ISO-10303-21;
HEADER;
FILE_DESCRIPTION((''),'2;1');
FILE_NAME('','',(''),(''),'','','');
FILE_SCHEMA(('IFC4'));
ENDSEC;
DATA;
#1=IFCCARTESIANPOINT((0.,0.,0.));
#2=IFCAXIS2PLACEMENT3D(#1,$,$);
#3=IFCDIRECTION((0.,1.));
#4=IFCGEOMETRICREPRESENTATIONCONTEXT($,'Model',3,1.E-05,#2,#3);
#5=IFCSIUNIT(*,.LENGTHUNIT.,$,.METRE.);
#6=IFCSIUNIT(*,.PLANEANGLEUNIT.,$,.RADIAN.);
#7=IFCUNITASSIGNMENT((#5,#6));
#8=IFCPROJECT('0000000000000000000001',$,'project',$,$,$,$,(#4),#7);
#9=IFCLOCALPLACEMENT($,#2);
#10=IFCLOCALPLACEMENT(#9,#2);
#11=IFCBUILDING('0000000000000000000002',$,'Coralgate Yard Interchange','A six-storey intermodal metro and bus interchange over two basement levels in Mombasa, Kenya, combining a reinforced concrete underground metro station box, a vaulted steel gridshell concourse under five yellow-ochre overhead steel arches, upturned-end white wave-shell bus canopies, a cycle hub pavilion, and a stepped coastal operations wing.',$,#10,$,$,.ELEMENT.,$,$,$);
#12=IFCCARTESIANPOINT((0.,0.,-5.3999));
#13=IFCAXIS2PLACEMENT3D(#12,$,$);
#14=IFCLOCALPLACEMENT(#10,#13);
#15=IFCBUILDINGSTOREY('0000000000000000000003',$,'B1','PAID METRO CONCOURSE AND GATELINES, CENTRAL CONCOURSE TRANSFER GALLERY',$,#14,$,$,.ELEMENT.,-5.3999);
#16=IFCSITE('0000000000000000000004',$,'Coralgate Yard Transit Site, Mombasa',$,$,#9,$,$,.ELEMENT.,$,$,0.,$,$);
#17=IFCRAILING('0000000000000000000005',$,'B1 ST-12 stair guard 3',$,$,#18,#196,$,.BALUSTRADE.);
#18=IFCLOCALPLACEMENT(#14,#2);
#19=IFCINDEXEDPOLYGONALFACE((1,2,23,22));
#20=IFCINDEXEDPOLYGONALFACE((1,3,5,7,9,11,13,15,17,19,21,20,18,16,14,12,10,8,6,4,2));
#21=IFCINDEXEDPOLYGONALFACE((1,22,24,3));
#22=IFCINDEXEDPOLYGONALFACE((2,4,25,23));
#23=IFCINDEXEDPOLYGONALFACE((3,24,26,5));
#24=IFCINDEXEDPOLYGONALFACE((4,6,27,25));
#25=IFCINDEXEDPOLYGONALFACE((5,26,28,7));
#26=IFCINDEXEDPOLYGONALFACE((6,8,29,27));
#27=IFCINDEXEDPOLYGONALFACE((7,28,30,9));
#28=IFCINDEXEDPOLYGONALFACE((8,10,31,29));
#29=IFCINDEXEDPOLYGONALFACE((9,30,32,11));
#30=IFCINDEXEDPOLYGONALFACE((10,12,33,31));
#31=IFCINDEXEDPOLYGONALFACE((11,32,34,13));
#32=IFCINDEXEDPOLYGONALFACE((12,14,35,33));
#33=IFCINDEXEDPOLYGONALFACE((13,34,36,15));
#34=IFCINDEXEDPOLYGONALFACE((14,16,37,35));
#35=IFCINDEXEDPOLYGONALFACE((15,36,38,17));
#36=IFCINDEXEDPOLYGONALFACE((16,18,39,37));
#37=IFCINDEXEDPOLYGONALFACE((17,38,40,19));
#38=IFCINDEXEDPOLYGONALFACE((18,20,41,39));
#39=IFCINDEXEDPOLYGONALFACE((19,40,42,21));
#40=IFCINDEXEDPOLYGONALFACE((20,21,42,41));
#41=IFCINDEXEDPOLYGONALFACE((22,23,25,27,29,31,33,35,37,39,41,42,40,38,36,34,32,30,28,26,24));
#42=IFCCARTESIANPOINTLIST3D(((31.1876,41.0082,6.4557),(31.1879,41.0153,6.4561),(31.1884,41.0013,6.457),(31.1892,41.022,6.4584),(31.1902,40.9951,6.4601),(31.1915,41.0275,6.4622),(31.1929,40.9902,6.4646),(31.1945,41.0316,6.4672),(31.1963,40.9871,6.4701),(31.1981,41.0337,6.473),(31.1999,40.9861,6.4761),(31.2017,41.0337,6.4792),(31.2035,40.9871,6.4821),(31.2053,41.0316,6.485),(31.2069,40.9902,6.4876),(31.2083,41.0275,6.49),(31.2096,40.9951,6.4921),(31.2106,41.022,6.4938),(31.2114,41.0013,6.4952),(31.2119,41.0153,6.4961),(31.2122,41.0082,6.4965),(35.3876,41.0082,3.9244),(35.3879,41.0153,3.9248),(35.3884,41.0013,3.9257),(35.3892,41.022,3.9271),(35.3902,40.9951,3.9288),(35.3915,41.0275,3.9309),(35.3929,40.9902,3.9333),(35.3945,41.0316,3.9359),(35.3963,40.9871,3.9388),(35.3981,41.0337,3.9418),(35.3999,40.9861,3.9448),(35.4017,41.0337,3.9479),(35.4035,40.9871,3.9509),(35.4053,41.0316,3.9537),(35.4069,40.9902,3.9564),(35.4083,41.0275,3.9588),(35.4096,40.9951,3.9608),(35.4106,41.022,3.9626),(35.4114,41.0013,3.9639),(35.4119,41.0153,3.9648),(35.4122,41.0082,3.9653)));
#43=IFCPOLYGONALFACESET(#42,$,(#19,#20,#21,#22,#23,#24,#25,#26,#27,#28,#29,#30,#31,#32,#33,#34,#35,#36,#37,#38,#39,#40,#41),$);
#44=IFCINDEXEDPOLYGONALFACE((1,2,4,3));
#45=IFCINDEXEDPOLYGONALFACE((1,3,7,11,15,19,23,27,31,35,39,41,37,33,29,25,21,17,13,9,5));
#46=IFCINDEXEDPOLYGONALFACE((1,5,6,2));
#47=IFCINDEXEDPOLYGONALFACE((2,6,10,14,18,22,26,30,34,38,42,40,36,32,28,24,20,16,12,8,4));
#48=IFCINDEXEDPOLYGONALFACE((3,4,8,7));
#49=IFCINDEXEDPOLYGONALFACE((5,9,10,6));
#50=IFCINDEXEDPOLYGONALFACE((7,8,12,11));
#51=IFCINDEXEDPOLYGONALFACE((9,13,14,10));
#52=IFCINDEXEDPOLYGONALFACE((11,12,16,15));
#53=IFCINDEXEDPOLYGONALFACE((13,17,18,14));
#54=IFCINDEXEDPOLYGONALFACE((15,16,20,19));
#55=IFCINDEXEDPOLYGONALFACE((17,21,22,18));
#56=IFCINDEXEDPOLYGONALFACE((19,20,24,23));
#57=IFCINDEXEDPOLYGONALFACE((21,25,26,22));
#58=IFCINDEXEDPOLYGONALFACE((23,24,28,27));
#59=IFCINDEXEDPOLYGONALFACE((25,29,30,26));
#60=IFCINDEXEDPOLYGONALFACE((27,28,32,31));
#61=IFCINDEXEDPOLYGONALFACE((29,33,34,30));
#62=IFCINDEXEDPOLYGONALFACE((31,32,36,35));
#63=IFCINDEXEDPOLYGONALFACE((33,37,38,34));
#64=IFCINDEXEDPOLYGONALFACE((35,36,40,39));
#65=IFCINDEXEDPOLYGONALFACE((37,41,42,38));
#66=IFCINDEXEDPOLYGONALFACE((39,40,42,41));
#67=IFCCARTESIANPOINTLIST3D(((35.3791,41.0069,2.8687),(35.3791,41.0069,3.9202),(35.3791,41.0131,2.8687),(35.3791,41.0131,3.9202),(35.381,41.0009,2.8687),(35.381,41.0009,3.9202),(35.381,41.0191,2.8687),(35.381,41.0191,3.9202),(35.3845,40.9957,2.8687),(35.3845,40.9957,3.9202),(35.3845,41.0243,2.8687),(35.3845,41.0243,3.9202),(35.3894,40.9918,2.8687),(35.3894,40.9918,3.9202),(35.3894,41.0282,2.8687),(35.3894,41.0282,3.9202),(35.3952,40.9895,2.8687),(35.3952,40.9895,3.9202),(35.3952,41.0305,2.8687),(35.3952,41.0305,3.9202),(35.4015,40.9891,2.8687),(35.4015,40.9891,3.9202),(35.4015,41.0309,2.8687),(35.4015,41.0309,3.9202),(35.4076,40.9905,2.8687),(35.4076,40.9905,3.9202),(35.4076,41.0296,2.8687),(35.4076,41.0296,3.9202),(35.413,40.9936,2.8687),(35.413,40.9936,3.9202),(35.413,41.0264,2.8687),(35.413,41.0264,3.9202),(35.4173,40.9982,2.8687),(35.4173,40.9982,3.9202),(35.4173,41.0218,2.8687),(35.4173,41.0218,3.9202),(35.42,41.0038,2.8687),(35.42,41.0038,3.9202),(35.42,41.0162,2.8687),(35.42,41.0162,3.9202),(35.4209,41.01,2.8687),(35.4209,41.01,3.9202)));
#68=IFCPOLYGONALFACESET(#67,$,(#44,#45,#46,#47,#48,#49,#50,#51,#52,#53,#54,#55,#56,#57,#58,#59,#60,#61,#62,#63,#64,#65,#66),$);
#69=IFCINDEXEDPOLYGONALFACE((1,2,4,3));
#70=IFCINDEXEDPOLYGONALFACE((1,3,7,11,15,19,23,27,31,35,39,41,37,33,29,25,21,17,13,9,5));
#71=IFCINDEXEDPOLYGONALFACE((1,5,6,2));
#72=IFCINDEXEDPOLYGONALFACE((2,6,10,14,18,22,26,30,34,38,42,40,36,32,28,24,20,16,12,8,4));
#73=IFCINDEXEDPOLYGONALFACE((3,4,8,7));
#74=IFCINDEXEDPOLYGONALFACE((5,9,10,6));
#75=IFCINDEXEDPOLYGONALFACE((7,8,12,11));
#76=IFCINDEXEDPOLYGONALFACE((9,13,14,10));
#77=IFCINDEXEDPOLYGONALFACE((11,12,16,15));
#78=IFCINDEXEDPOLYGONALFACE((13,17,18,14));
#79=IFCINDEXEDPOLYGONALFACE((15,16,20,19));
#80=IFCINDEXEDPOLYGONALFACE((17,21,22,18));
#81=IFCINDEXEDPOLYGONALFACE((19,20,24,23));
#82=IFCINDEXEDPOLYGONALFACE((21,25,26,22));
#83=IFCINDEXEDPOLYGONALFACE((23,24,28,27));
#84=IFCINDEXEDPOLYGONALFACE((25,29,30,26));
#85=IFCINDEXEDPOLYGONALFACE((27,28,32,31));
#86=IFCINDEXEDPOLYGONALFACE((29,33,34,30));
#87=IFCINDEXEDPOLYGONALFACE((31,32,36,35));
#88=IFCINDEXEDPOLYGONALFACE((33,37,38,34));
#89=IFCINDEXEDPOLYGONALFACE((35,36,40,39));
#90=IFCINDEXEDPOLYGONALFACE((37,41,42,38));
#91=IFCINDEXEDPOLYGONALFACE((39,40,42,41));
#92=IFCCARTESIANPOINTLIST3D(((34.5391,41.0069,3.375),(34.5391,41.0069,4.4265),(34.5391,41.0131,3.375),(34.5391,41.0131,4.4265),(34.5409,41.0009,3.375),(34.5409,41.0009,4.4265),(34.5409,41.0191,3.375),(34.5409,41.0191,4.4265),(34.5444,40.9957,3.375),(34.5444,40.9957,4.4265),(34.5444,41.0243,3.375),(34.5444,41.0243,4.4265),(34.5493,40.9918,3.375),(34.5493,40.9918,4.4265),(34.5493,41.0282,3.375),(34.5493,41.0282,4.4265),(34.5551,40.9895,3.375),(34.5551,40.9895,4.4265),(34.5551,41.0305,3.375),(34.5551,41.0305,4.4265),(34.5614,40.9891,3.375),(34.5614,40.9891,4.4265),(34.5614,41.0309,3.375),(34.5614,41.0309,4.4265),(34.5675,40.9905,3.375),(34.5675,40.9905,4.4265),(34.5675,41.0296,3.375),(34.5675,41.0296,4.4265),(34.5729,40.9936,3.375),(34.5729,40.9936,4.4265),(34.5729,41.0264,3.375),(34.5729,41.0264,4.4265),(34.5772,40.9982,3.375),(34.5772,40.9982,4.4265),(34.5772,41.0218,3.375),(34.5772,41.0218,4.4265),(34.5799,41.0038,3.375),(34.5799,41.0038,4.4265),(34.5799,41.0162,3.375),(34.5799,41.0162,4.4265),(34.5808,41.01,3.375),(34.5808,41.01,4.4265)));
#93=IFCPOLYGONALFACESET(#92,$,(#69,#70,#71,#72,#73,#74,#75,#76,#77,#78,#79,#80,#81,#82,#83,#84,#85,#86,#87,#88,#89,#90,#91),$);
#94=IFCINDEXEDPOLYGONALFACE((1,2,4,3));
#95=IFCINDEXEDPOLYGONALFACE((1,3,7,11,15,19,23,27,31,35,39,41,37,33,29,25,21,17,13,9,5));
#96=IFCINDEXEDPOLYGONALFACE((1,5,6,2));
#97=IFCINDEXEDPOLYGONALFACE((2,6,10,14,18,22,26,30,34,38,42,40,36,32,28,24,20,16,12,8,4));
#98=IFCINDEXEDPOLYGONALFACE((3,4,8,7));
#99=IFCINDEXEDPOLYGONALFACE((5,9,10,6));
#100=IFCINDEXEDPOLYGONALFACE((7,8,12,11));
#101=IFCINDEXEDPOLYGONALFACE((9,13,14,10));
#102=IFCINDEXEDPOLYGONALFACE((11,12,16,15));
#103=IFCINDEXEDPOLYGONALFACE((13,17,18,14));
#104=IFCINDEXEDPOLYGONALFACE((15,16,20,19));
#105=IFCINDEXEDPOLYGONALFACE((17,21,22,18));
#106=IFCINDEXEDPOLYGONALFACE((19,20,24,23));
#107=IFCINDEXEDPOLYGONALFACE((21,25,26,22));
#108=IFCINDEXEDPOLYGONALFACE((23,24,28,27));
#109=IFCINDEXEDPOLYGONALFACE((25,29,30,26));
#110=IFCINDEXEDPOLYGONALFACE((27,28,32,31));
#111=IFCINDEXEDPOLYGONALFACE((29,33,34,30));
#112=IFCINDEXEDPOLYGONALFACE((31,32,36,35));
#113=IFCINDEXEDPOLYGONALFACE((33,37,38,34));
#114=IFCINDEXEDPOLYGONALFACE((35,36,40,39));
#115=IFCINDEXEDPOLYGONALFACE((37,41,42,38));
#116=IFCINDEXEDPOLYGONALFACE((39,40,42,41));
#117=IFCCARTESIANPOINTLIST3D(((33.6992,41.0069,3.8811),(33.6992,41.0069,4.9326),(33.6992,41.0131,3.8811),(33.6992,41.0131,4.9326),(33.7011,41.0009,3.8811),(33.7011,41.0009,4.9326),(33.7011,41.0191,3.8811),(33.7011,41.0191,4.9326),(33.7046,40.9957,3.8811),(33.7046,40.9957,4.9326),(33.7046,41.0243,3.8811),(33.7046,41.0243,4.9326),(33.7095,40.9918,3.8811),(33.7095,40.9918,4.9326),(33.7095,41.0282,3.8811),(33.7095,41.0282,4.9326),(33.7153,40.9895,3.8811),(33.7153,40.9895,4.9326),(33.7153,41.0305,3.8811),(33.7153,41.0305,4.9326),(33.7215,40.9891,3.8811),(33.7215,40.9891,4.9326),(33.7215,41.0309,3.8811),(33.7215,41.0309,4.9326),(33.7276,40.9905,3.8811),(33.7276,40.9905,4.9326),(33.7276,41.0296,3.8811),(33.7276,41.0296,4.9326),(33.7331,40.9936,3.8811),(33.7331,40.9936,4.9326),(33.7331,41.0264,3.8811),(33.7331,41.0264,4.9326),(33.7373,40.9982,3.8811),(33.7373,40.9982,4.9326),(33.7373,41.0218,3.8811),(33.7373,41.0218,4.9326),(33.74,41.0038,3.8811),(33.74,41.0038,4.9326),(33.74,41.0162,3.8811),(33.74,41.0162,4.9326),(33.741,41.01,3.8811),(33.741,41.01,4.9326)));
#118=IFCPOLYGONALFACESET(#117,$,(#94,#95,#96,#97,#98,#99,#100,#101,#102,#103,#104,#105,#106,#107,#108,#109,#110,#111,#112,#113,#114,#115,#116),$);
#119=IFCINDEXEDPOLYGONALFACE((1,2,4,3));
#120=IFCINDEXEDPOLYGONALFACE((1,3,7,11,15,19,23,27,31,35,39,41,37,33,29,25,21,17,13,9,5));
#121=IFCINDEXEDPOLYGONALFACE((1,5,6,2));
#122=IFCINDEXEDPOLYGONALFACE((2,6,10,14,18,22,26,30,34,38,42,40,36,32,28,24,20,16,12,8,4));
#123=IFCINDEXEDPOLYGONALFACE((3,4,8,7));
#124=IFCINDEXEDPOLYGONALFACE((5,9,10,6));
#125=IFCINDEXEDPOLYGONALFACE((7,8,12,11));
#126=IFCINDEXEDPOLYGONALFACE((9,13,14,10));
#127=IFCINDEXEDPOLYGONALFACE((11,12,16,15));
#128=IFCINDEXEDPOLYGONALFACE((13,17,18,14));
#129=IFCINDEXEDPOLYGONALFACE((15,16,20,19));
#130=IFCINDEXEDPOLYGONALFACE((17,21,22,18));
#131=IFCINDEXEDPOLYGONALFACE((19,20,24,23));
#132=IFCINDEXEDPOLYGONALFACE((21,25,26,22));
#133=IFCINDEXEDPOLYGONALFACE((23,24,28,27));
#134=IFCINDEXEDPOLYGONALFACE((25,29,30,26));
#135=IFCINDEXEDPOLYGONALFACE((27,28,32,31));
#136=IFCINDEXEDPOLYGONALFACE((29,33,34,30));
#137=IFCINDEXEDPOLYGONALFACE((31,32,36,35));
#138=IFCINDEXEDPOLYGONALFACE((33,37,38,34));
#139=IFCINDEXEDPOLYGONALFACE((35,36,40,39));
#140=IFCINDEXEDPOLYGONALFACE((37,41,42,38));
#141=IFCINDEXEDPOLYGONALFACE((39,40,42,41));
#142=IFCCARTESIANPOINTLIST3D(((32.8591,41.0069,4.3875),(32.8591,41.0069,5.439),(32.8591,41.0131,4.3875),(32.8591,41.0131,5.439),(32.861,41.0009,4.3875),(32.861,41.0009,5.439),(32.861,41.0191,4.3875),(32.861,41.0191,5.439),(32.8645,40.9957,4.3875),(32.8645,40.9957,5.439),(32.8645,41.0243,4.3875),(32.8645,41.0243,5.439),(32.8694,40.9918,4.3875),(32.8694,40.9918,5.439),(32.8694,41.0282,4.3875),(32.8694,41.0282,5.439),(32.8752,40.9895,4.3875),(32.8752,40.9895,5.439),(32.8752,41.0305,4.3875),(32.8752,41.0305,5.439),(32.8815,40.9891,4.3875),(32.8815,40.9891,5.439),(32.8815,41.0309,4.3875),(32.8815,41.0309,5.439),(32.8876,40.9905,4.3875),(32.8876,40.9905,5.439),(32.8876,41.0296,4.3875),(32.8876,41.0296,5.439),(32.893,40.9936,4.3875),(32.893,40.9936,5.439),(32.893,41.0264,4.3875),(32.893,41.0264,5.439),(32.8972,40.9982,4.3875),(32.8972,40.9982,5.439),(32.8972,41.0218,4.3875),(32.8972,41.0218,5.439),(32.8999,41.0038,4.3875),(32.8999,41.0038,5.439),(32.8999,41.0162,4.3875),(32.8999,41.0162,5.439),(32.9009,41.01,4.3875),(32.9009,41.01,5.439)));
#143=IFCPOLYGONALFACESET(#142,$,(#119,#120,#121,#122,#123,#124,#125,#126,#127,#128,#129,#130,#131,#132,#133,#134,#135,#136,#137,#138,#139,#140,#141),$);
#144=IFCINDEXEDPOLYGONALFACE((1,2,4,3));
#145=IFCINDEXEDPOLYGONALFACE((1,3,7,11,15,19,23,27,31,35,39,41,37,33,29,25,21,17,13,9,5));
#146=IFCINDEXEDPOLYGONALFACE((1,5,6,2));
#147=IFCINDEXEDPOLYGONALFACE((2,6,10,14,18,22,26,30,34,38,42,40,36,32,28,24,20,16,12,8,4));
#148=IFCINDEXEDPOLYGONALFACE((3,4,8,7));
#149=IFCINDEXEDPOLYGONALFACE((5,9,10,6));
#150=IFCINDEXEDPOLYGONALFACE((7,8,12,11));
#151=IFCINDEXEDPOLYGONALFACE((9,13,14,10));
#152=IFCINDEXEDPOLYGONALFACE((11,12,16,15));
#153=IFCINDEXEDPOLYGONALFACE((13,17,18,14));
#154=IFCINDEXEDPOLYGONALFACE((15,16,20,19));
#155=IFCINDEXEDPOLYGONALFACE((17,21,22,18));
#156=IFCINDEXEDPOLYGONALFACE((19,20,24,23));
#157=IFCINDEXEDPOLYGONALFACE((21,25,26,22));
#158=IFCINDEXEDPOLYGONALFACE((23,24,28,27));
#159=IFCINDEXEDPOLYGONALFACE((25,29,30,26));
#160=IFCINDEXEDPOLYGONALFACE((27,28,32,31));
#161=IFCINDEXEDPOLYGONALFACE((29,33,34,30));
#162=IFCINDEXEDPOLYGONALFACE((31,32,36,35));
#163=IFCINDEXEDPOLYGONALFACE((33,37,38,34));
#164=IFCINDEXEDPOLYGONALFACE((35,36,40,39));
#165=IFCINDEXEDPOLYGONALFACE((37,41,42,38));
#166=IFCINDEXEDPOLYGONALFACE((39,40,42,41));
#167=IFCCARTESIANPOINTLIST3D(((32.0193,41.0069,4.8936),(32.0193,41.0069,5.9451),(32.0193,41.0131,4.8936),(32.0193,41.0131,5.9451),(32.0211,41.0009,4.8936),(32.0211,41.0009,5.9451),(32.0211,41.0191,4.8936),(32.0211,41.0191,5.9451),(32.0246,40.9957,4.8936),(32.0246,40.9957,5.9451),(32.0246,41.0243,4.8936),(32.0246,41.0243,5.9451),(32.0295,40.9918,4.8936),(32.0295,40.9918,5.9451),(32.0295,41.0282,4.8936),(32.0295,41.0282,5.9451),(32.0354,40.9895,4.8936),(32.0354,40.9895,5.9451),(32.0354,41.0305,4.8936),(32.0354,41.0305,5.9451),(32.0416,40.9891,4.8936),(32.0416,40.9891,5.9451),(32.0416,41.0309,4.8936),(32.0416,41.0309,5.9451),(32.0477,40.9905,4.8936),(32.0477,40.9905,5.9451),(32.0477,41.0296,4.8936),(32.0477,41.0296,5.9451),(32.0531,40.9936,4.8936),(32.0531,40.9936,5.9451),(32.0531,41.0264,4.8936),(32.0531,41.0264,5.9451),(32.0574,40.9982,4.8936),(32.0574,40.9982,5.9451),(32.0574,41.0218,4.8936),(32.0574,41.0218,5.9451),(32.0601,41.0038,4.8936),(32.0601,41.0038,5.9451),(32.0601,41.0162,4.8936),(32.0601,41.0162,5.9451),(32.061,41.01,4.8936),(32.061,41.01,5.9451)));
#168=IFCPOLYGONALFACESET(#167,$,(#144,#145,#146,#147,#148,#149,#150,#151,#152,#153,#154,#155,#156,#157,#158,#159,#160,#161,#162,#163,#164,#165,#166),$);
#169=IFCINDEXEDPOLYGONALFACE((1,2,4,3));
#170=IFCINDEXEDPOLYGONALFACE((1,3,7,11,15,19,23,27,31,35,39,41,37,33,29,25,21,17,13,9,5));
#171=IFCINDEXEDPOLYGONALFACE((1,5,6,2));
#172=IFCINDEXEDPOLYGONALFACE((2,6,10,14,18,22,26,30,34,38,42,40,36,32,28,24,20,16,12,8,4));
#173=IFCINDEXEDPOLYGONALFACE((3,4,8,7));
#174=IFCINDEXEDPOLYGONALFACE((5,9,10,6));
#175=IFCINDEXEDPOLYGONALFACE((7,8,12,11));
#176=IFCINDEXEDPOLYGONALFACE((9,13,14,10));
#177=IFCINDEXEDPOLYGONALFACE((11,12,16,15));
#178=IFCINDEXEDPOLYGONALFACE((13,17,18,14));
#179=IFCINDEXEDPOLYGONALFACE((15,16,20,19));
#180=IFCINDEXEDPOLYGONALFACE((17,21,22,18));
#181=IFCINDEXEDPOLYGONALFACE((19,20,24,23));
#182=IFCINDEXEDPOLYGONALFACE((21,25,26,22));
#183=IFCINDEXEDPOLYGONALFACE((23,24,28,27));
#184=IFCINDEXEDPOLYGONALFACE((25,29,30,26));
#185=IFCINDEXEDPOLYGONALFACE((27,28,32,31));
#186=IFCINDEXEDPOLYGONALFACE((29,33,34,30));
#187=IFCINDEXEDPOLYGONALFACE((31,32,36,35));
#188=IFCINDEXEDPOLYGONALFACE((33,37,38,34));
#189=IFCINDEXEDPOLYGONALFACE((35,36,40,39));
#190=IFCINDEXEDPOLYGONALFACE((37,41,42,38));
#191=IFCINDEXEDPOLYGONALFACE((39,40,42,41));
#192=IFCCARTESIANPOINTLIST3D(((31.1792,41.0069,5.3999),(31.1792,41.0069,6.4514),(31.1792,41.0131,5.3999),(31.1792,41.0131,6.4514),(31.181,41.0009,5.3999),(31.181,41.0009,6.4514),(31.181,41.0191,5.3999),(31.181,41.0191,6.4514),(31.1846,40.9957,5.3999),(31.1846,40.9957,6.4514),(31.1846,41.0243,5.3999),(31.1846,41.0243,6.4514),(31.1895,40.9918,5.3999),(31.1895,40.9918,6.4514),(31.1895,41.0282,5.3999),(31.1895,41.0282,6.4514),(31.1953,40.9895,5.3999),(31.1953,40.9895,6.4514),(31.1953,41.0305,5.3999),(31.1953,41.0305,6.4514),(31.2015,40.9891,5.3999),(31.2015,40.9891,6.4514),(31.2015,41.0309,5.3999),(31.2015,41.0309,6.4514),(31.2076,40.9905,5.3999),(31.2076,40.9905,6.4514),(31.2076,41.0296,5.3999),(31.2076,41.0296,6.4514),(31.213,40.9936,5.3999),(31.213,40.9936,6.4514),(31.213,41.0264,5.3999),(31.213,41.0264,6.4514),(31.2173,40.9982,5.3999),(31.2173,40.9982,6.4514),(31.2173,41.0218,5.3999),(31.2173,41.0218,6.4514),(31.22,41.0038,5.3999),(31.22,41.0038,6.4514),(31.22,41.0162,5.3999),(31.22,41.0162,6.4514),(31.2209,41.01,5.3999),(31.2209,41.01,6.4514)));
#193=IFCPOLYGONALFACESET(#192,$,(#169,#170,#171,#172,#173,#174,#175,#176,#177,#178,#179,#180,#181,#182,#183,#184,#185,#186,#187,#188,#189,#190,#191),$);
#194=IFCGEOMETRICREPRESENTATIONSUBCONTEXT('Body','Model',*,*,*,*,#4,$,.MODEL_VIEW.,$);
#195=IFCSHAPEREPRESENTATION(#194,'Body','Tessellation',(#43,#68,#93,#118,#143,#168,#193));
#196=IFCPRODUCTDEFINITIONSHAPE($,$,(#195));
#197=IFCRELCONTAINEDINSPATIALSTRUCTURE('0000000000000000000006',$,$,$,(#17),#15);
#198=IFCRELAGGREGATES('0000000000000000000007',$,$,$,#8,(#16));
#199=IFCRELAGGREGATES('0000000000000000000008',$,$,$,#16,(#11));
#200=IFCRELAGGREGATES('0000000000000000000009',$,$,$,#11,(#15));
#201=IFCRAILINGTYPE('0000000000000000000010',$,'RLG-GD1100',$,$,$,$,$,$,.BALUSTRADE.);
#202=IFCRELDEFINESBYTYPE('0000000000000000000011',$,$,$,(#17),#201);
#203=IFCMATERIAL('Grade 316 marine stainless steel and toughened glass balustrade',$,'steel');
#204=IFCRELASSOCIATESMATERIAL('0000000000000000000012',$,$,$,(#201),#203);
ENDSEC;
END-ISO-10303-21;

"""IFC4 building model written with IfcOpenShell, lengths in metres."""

from ifc_helpers import new_model, si_unit, direction, frame, origin, origin_2d, place, context, subcontext, project, spatial, circle, extrude, material, type_object, element, save


model = new_model("IFC4")

# Units and contexts
model_context = context("Model", 3, precision=1e-05, world=origin(), true_north=direction((0.0, 1.0)))
body_context = subcontext(model_context, "Body", "Model", "MODEL_VIEW")
ifc_project = project(units=[si_unit("LENGTHUNIT", "METRE"), si_unit("PLANEANGLEUNIT", "RADIAN")], contexts=[model_context])

# Site, building, storey
site_placement = place(None, origin())
site = spatial("IfcSite", under=ifc_project, at=site_placement, Name="Coralgate Yard Transit Site, Mombasa", CompositionType="ELEMENT", RefElevation=0.0)
building_placement = place(site_placement, origin())
building = spatial("IfcBuilding", under=site, at=building_placement, Name="Coralgate Yard Interchange", Description="A six-storey intermodal metro and bus interchange over two basement levels in Mombasa, Kenya, combining a reinforced concrete underground metro station box, a vaulted steel gridshell concourse under five yellow-ochre overhead steel arches, upturned-end white wave-shell bus canopies, a cycle hub pavilion, and a stepped coastal operations wing.", CompositionType="ELEMENT")
storey_placement = place(building_placement, frame((0.0, 0.0, -5.3999)))
storey = spatial("IfcBuildingStorey", under=building, at=storey_placement, Name="B1", Description="PAID METRO CONCOURSE AND GATELINES, CENTRAL CONCOURSE TRANSFER GALLERY", CompositionType="ELEMENT", Elevation=-5.3999)

# Railing
ifc_material_1 = material(Name="Grade 316 marine stainless steel and toughened glass balustrade", Category="steel")
railing_type_1 = type_object("IfcRailingType", Name="RLG-GD1100", PredefinedType="BALUSTRADE", material=ifc_material_1)
railing_1_placement = place(storey_placement, frame((35.3999, 41.01, 2.8687)))
element("IfcRailing", 1, at=railing_1_placement, inside=storey, type_object=railing_type_1, Name="B1 ST-12 stair guard 3", PredefinedType="BALUSTRADE", context=body_context, shape_type="SweptSolid", body=[
    extrude(circle(Radius=0.0239, at=origin_2d()), frame((0.0, 0.0, 1.0762), z_axis=(-0.856476, 0.0, 0.516186), x_axis=(0.0, -1.0, 0.0)), (0.0, 0.0, 1.0), 4.9038),
    extrude(circle(Radius=0.021, at=origin_2d()), origin(), (0.0, 0.0, 1.0), 1.0515),
    extrude(circle(Radius=0.021, at=origin_2d()), frame((-0.8401, 0.0, 0.5063)), (0.0, 0.0, 1.0), 1.0515),
    extrude(circle(Radius=0.021, at=origin_2d()), frame((-1.6799, 0.0, 1.0125)), (0.0, 0.0, 1.0), 1.0515),
    extrude(circle(Radius=0.021, at=origin_2d()), frame((-2.52, 0.0, 1.5188)), (0.0, 0.0, 1.0), 1.0515),
    extrude(circle(Radius=0.021, at=origin_2d()), frame((-3.3599, 0.0, 2.0249)), (0.0, 0.0, 1.0), 1.0515),
    extrude(circle(Radius=0.021, at=origin_2d()), frame((-4.2, 0.0, 2.5312)), (0.0, 0.0, 1.0), 1.0515),
])

save(model, "model.ifc")
